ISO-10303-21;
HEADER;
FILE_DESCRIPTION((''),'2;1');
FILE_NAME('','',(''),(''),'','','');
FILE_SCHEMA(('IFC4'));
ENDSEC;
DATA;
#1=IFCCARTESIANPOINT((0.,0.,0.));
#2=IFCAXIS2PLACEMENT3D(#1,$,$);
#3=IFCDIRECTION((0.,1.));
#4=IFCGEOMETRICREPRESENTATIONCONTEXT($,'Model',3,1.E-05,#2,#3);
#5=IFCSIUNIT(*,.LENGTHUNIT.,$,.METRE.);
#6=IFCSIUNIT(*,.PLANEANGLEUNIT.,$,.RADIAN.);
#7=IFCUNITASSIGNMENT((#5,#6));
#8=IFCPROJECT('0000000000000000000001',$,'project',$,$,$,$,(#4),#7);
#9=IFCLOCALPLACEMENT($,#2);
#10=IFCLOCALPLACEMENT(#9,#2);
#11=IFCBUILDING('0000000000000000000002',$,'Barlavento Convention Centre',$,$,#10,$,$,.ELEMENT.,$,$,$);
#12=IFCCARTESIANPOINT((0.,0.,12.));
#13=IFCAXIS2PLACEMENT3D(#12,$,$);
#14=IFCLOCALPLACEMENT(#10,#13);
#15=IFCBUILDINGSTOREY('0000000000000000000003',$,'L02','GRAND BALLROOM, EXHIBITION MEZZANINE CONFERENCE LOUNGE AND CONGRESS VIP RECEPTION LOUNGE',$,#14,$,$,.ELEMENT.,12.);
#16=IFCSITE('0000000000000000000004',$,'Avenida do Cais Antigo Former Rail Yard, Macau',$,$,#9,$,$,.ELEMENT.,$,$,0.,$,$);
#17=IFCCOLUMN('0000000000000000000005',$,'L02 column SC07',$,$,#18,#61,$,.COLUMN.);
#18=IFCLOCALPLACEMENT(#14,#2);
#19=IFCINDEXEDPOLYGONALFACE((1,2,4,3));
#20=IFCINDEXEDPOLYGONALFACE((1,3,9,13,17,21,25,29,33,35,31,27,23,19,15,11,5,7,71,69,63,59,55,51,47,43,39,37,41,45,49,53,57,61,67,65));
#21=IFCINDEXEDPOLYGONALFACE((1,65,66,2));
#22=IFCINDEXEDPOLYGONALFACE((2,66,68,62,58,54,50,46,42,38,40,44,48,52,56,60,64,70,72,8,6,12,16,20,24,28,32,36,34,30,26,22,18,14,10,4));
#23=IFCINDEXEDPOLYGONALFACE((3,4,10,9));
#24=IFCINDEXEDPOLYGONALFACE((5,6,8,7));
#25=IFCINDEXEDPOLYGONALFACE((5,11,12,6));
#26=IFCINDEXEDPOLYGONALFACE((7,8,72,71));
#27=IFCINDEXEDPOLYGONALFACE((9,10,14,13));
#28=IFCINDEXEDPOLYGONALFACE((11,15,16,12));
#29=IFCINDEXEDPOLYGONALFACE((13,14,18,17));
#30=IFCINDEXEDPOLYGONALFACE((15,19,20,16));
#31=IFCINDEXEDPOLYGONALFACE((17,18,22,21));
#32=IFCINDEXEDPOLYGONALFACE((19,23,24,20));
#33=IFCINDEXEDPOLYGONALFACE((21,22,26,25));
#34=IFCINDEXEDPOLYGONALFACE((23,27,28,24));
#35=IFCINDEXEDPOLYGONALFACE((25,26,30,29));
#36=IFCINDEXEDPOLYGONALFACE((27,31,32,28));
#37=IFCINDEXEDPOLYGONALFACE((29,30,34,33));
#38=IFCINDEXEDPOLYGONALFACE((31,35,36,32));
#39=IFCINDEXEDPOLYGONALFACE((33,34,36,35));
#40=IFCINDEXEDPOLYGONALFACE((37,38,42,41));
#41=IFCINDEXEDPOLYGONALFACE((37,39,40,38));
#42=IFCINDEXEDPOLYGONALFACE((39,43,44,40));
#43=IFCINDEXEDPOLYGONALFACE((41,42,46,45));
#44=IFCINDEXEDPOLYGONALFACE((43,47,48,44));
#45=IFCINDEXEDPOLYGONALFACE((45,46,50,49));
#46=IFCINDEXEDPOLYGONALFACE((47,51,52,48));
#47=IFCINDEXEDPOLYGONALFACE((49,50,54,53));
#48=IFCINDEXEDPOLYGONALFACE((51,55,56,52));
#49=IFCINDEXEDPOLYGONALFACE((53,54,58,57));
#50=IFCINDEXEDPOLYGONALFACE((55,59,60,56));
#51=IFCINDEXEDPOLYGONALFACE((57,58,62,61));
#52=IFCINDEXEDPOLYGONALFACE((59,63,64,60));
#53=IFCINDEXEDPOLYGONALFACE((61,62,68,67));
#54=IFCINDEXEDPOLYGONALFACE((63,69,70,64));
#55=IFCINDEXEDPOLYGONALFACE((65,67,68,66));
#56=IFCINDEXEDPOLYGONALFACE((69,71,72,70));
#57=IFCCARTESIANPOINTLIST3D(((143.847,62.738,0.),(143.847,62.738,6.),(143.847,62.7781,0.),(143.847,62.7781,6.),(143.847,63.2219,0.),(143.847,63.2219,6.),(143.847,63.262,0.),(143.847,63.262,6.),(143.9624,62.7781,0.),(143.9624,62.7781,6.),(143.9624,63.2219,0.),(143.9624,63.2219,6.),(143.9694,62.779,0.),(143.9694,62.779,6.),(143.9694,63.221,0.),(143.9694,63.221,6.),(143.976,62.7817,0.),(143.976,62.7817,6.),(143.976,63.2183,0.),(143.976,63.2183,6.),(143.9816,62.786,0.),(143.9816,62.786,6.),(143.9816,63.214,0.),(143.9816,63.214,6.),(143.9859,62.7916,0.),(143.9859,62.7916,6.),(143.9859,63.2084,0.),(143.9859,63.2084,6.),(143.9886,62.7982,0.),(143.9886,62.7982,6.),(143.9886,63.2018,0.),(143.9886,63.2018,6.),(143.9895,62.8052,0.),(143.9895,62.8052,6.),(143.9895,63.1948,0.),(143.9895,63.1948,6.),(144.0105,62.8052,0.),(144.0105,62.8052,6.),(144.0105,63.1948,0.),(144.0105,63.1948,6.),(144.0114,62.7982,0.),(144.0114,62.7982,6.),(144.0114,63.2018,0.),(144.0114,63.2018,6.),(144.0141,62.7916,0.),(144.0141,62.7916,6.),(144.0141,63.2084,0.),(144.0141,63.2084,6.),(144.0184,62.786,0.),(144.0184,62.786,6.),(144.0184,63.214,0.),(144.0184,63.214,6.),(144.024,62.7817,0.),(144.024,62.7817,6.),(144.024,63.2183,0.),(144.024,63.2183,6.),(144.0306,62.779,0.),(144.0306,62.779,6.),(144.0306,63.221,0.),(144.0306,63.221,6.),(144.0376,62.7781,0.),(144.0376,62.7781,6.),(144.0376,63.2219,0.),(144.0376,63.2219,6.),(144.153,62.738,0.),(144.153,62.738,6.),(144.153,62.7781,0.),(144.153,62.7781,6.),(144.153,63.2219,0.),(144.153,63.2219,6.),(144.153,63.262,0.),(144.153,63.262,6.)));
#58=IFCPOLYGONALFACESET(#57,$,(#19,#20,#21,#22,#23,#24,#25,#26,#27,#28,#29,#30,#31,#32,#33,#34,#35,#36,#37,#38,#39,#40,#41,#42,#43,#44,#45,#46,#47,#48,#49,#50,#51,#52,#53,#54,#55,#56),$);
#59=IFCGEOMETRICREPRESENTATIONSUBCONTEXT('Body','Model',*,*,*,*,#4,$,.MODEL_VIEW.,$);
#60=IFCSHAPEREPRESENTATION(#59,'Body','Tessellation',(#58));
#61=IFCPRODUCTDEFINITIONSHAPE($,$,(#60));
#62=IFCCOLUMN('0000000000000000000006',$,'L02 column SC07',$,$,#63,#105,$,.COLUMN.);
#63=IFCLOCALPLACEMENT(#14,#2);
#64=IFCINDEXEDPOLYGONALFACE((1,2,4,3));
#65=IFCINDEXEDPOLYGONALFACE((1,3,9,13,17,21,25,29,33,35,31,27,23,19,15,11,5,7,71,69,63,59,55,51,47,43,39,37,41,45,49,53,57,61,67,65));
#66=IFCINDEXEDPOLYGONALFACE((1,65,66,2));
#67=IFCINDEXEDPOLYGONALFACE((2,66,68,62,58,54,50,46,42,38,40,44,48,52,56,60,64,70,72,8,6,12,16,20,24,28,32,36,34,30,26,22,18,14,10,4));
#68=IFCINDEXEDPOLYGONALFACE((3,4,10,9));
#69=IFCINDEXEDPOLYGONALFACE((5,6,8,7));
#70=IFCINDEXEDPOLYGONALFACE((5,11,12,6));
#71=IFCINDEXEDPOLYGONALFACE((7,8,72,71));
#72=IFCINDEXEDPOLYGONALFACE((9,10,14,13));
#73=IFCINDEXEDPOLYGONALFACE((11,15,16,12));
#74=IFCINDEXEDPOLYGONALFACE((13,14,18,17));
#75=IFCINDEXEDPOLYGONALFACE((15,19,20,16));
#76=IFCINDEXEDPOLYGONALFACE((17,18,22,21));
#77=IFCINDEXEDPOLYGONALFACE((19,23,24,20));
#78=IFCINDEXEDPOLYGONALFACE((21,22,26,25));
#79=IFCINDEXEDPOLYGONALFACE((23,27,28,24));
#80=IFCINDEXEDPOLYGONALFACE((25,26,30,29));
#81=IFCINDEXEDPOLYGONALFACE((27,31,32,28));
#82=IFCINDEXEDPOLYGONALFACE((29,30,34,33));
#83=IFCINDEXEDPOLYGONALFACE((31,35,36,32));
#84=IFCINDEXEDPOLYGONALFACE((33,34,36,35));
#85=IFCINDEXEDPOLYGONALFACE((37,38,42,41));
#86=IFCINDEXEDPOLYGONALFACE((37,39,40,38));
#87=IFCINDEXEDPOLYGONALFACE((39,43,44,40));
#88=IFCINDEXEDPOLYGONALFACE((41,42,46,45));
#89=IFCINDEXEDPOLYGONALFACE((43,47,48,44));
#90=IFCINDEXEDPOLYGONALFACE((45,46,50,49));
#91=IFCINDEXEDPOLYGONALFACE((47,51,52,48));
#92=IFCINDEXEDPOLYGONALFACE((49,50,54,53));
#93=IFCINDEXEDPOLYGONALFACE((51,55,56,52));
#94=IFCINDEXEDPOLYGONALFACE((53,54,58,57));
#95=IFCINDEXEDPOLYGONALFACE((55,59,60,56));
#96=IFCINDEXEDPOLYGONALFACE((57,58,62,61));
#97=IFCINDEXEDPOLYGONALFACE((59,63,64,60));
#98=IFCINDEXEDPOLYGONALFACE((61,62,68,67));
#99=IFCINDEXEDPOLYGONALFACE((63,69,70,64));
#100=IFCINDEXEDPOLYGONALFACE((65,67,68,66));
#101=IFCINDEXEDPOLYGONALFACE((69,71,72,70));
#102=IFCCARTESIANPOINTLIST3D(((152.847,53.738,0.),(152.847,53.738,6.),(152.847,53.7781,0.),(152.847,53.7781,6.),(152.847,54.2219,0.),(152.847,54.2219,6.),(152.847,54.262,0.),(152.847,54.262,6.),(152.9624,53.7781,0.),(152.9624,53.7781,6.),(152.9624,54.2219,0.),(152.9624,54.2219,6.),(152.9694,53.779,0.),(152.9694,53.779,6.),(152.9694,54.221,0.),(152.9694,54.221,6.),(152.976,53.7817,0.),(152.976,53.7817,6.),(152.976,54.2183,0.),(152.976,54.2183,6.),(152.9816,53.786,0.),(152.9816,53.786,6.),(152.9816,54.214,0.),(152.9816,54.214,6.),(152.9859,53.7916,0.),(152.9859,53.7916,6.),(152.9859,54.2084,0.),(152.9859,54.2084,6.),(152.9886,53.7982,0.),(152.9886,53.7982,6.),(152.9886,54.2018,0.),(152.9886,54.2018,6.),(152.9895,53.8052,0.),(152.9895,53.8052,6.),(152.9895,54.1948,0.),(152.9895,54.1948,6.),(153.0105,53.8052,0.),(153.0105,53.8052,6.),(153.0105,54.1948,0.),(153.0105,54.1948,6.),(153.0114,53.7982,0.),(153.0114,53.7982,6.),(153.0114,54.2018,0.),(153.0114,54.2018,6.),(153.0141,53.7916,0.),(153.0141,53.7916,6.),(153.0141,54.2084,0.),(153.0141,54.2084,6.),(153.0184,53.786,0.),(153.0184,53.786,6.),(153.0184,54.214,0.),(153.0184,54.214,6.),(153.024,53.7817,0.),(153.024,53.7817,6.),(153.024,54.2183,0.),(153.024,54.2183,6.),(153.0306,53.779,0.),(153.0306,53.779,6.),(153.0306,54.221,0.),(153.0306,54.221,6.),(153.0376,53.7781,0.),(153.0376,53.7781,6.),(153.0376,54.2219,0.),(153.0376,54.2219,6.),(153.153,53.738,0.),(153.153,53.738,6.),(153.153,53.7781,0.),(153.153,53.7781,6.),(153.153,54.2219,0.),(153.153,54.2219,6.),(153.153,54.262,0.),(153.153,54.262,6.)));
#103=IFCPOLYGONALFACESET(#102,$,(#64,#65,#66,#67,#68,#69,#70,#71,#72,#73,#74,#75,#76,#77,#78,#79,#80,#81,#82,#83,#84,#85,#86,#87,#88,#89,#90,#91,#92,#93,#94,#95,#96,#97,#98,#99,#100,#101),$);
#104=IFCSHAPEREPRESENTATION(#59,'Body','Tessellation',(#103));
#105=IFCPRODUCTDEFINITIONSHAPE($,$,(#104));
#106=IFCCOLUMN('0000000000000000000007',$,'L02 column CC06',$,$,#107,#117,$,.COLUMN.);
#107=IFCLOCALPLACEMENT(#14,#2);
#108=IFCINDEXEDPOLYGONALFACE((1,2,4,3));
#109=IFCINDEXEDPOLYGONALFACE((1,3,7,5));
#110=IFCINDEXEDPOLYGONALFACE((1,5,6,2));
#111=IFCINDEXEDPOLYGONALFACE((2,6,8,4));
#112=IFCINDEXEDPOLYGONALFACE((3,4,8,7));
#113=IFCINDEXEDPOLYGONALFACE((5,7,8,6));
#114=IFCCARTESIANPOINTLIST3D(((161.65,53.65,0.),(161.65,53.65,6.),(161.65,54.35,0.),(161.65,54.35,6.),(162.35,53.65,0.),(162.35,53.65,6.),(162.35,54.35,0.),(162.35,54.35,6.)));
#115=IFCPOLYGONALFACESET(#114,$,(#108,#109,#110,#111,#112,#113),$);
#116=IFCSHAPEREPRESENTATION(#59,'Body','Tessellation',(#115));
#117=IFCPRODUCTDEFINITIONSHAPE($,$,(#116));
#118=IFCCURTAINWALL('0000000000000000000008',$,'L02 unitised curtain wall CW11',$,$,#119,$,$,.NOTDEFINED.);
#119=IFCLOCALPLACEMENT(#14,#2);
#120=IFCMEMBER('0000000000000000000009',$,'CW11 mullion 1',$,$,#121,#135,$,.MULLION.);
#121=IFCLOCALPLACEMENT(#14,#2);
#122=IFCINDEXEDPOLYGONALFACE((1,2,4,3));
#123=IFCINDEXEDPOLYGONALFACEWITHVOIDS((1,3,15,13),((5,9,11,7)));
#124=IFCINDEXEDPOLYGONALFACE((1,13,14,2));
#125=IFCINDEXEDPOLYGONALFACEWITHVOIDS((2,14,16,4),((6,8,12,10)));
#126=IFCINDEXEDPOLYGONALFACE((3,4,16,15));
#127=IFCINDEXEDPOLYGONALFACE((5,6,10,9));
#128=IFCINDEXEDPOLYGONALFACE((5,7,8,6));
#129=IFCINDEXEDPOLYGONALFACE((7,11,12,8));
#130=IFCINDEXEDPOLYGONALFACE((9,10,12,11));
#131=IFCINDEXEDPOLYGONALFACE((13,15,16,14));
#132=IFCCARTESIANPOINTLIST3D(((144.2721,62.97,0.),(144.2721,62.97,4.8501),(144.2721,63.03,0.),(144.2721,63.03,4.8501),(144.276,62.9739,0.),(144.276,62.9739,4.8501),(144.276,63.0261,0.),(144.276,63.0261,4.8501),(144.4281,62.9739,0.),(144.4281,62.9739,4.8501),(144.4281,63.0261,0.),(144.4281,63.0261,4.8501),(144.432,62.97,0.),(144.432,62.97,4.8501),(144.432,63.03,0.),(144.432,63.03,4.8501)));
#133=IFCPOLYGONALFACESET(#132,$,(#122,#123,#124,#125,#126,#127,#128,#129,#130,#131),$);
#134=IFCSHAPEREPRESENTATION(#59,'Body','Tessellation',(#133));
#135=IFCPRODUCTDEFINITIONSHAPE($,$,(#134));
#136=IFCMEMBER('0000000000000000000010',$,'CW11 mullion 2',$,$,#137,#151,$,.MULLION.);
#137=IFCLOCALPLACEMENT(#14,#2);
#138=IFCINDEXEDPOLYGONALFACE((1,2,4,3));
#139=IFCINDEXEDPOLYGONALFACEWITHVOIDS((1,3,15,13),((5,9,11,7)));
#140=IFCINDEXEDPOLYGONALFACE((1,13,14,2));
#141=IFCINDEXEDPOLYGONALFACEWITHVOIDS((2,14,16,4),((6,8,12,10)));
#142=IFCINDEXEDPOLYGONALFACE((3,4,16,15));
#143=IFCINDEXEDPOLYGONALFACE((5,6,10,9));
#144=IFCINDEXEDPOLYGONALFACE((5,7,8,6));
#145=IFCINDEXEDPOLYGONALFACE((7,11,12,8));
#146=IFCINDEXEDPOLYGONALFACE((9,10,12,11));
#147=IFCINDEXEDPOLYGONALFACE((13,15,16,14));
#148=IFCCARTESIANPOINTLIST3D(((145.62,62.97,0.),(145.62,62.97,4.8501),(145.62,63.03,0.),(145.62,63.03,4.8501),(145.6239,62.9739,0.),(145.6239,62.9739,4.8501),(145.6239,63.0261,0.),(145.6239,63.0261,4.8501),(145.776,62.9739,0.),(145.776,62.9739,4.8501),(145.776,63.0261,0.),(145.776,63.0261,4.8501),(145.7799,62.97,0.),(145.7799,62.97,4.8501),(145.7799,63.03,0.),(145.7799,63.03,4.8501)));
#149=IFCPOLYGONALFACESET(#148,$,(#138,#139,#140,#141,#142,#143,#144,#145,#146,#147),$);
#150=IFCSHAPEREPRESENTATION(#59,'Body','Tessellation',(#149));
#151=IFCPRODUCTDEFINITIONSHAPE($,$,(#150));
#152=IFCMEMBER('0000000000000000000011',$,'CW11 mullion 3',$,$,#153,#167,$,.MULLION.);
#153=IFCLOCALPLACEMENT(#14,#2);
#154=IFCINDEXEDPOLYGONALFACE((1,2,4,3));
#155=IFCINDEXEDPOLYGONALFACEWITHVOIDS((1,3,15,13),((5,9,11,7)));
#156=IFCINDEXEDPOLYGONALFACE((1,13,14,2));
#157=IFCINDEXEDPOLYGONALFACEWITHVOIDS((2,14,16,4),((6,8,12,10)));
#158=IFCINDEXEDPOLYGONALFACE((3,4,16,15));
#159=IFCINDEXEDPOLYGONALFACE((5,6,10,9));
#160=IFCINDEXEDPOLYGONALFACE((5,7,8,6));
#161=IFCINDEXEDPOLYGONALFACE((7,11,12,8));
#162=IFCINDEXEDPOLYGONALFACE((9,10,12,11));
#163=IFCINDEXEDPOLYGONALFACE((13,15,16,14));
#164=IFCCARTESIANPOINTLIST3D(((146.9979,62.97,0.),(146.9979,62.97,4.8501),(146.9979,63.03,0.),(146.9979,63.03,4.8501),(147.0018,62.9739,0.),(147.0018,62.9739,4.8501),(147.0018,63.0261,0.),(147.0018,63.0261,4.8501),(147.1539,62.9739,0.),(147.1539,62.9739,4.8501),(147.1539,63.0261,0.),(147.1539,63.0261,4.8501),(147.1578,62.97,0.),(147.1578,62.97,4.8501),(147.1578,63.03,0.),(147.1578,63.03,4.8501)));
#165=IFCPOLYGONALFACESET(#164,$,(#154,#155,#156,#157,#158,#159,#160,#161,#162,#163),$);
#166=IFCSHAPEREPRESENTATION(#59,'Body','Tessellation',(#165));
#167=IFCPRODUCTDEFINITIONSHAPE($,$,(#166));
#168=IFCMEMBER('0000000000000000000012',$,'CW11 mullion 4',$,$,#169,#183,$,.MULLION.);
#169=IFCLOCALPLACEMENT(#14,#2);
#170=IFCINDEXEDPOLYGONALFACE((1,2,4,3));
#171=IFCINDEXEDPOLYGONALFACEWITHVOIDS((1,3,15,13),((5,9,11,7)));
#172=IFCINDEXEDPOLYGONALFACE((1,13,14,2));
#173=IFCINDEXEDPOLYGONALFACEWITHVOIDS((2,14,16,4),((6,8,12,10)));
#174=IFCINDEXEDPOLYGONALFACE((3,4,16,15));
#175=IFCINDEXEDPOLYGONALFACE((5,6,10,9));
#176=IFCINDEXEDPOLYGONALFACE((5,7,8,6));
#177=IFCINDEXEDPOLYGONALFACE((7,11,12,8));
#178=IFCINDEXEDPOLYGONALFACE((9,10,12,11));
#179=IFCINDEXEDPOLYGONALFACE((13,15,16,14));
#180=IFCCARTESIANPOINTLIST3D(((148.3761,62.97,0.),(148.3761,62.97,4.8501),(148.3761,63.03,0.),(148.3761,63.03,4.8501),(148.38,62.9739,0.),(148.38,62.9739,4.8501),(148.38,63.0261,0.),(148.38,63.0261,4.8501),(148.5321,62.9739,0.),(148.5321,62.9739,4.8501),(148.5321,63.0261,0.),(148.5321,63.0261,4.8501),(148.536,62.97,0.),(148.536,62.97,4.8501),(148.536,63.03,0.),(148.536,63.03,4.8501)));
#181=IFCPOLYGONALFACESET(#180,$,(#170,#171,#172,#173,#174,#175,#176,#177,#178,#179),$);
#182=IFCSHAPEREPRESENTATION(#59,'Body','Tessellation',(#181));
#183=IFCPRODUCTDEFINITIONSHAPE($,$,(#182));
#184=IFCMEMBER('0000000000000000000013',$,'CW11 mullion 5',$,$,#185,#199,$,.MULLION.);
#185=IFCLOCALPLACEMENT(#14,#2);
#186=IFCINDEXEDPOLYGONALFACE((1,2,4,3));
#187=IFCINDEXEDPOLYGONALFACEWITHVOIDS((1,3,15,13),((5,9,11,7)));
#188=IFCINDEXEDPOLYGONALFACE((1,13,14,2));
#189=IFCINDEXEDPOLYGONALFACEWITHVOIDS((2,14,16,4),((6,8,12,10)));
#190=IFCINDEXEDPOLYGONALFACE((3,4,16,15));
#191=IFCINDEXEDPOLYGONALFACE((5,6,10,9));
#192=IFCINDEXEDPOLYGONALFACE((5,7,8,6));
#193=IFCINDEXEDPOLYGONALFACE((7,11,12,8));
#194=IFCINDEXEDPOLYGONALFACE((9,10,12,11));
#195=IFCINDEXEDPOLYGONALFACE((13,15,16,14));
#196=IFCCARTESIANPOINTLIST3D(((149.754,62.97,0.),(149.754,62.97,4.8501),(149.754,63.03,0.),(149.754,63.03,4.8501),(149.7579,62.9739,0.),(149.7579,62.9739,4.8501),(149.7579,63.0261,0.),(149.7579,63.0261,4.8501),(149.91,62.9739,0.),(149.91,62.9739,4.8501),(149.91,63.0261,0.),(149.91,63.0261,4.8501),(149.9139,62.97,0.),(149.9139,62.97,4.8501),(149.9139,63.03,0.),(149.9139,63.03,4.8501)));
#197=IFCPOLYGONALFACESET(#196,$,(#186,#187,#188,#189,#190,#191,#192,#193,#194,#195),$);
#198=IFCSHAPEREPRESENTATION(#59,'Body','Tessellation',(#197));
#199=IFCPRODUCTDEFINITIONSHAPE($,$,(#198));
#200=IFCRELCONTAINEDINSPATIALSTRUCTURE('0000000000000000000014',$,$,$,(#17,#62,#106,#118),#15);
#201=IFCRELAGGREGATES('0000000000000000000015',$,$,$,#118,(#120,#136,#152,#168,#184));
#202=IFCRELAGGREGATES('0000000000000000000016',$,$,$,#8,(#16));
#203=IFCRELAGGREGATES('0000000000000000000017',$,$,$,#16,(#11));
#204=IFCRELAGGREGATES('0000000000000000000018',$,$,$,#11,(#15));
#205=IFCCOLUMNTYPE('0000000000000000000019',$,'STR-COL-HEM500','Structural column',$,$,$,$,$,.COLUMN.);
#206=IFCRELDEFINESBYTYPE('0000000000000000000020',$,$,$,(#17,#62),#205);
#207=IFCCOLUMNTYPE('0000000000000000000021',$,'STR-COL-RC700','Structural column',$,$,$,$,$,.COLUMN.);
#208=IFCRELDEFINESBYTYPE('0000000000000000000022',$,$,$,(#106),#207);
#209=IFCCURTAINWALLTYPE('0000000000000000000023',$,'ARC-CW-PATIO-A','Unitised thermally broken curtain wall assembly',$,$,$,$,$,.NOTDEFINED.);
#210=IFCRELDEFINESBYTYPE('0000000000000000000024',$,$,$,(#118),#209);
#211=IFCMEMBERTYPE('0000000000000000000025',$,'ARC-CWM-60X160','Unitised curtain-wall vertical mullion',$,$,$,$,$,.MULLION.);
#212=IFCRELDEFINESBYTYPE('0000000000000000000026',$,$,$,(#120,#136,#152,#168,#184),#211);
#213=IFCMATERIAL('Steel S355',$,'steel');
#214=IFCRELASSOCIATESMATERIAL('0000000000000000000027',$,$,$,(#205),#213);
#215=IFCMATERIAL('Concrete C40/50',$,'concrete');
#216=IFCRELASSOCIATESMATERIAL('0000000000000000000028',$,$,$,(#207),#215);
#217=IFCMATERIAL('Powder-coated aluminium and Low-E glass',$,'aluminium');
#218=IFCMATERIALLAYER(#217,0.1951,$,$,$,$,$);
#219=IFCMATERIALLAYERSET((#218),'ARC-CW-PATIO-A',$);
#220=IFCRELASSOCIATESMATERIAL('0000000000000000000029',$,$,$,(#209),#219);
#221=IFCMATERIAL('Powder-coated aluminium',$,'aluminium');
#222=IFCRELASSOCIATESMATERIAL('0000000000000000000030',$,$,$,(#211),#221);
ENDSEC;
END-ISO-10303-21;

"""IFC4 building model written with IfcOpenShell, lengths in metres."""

from ifc_helpers import new_model, si_unit, direction, frame, origin, origin_2d, place, context, subcontext, project, spatial, rectangle, hollow_rectangle, i_section, extrude, material, layer, layer_set, material_profile, profile_set, type_object, element, aggregate, save


model = new_model("IFC4")

# Units and contexts
model_context = context("Model", 3, precision=1e-05, world=origin(), true_north=direction((0.0, 1.0)))
body_context = subcontext(model_context, "Body", "Model", "MODEL_VIEW")
ifc_project = project(units=[si_unit("LENGTHUNIT", "METRE"), si_unit("PLANEANGLEUNIT", "RADIAN")], contexts=[model_context])

# Site, building, storey
site_placement = place(None, origin())
site = spatial("IfcSite", under=ifc_project, at=site_placement, Name="Avenida do Cais Antigo Former Rail Yard, Macau", CompositionType="ELEMENT", RefElevation=0.0)
building_placement = place(site_placement, origin())
building = spatial("IfcBuilding", under=site, at=building_placement, Name="Barlavento Convention Centre", CompositionType="ELEMENT")
storey_placement = place(building_placement, frame((0.0, 0.0, 12.0)))
storey = spatial("IfcBuildingStorey", under=building, at=storey_placement, Name="L02", Description="GRAND BALLROOM, EXHIBITION MEZZANINE CONFERENCE LOUNGE AND CONGRESS VIP RECEPTION LOUNGE", CompositionType="ELEMENT", Elevation=12.0)

# Columns
ifc_material_1 = material(Name="Steel S355", Category="steel")
ifc_material_profile_1 = material_profile(ifc_material_1, i_section(OverallWidth=0.3059, OverallDepth=0.5239, WebThickness=0.021, FlangeThickness=0.04, FilletRadius=0.0271, at=origin_2d()), Name="HEM 500")
ifc_profile_set_1 = profile_set([ifc_material_profile_1], Name="Steel S355")
column_type_1 = type_object("IfcColumnType", Name="STR-COL-HEM500", Description="Structural column", PredefinedType="COLUMN", material=ifc_profile_set_1)
for number, where, z_axis, x_axis, name in (
    (1, (144.0, 63.0, 0.0), (0.0, 0.0, 1.0), (1.0, 0.0, 0.0), "L02 column SC07"),
    (2, (153.0, 54.0, 0.0), (0.0, 0.0, 1.0), (1.0, 0.0, 0.0), "L02 column SC07"),
):
    element("IfcColumn", number, at=place(storey_placement, frame(where, z_axis=z_axis, x_axis=x_axis)), inside=storey, type_object=column_type_1, Name=name, PredefinedType="COLUMN", context=body_context, shape_type="SweptSolid", body=[
        extrude(i_section(OverallWidth=0.3059, OverallDepth=0.5239, WebThickness=0.021, FlangeThickness=0.04, FilletRadius=0.0271, at=origin_2d()), origin(), (0.0, 0.0, 1.0), 6.0),
    ])
ifc_material_2 = material(Name="Concrete C40/50", Category="concrete")
ifc_material_profile_2 = material_profile(ifc_material_2, rectangle(XDim=0.7, YDim=0.7, at=origin_2d()), Name="RC 700x700")
ifc_profile_set_2 = profile_set([ifc_material_profile_2], Name="Concrete C40/50")
column_type_2 = type_object("IfcColumnType", Name="STR-COL-RC700", Description="Structural column", PredefinedType="COLUMN", material=ifc_profile_set_2)
column_placement = place(storey_placement, frame((162.0, 54.0, 0.0), z_axis=(0.0, 0.0, 1.0), x_axis=(1.0, 0.0, 0.0)))
element("IfcColumn", 3, at=column_placement, inside=storey, type_object=column_type_2, Name="L02 column CC06", PredefinedType="COLUMN", context=body_context, shape_type="SweptSolid", body=[
    extrude(rectangle(XDim=0.7, YDim=0.7, at=origin_2d()), origin(), (0.0, 0.0, 1.0), 6.0),
])

# Curtain wall, members
ifc_material_3 = material(Name="Powder-coated aluminium and Low-E glass", Category="aluminium")
ifc_layer_1 = layer(ifc_material_3, 0.1951)
ifc_layer_set_1 = layer_set([ifc_layer_1], Name="ARC-CW-PATIO-A")
curtain_wall_type = type_object("IfcCurtainWallType", Name="ARC-CW-PATIO-A", Description="Unitised thermally broken curtain wall assembly", PredefinedType="NOTDEFINED", material=ifc_layer_set_1)
curtain_wall_placement = place(storey_placement, origin())
curtain_wall = element("IfcCurtainWall", 4, at=curtain_wall_placement, inside=storey, type_object=curtain_wall_type, Name="L02 unitised curtain wall CW11", PredefinedType="NOTDEFINED")
ifc_material_4 = material(Name="Powder-coated aluminium", Category="aluminium")
ifc_material_profile_3 = material_profile(ifc_material_4, hollow_rectangle(XDim=0.0601, YDim=0.1599, WallThickness=0.0039, at=origin_2d()), Name="AL-MULL 60x160x4")
ifc_profile_set_3 = profile_set([ifc_material_profile_3], Name="Powder-coated aluminium")
member_type_1 = type_object("IfcMemberType", Name="ARC-CWM-60X160", Description="Unitised curtain-wall vertical mullion", PredefinedType="MULLION", material=ifc_profile_set_3)
member_1_placement = place(storey_placement, frame((144.3521, 63.0, 0.0), z_axis=(0.0, 0.0, 1.0), x_axis=(0.0, 1.0, 0.0)))
member_1 = element("IfcMember", 5, at=member_1_placement, type_object=member_type_1, Name="CW11 mullion 1", PredefinedType="MULLION", context=body_context, shape_type="SweptSolid", body=[
    extrude(hollow_rectangle(XDim=0.0601, YDim=0.1599, WallThickness=0.0039, at=origin_2d()), origin(), (0.0, 0.0, 1.0), 4.8501),
])
member_2_placement = place(storey_placement, frame((145.7, 63.0, 0.0), z_axis=(0.0, 0.0, 1.0), x_axis=(0.0, 1.0, 0.0)))
member_2 = element("IfcMember", 6, at=member_2_placement, type_object=member_type_1, Name="CW11 mullion 2", PredefinedType="MULLION", context=body_context, shape_type="SweptSolid", body=[
    extrude(hollow_rectangle(XDim=0.0601, YDim=0.1599, WallThickness=0.0039, at=origin_2d()), origin(), (0.0, 0.0, 1.0), 4.8501),
])
member_3_placement = place(storey_placement, frame((147.0779, 63.0, 0.0), z_axis=(0.0, 0.0, 1.0), x_axis=(0.0, 1.0, 0.0)))
member_3 = element("IfcMember", 7, at=member_3_placement, type_object=member_type_1, Name="CW11 mullion 3", PredefinedType="MULLION", context=body_context, shape_type="SweptSolid", body=[
    extrude(hollow_rectangle(XDim=0.0601, YDim=0.1599, WallThickness=0.0039, at=origin_2d()), origin(), (0.0, 0.0, 1.0), 4.8501),
])
member_4_placement = place(storey_placement, frame((148.4561, 63.0, 0.0), z_axis=(0.0, 0.0, 1.0), x_axis=(0.0, 1.0, 0.0)))
member_4 = element("IfcMember", 8, at=member_4_placement, type_object=member_type_1, Name="CW11 mullion 4", PredefinedType="MULLION", context=body_context, shape_type="SweptSolid", body=[
    extrude(hollow_rectangle(XDim=0.0601, YDim=0.1599, WallThickness=0.0039, at=origin_2d()), origin(), (0.0, 0.0, 1.0), 4.8501),
])
member_5_placement = place(storey_placement, frame((149.834, 63.0, 0.0), z_axis=(0.0, 0.0, 1.0), x_axis=(0.0, 1.0, 0.0)))
member_5 = element("IfcMember", 9, at=member_5_placement, type_object=member_type_1, Name="CW11 mullion 5", PredefinedType="MULLION", context=body_context, shape_type="SweptSolid", body=[
    extrude(hollow_rectangle(XDim=0.0601, YDim=0.1599, WallThickness=0.0039, at=origin_2d()), origin(), (0.0, 0.0, 1.0), 4.8501),
])

aggregate(curtain_wall, [member_1, member_2, member_3, member_4, member_5])

save(model, "model.ifc")
